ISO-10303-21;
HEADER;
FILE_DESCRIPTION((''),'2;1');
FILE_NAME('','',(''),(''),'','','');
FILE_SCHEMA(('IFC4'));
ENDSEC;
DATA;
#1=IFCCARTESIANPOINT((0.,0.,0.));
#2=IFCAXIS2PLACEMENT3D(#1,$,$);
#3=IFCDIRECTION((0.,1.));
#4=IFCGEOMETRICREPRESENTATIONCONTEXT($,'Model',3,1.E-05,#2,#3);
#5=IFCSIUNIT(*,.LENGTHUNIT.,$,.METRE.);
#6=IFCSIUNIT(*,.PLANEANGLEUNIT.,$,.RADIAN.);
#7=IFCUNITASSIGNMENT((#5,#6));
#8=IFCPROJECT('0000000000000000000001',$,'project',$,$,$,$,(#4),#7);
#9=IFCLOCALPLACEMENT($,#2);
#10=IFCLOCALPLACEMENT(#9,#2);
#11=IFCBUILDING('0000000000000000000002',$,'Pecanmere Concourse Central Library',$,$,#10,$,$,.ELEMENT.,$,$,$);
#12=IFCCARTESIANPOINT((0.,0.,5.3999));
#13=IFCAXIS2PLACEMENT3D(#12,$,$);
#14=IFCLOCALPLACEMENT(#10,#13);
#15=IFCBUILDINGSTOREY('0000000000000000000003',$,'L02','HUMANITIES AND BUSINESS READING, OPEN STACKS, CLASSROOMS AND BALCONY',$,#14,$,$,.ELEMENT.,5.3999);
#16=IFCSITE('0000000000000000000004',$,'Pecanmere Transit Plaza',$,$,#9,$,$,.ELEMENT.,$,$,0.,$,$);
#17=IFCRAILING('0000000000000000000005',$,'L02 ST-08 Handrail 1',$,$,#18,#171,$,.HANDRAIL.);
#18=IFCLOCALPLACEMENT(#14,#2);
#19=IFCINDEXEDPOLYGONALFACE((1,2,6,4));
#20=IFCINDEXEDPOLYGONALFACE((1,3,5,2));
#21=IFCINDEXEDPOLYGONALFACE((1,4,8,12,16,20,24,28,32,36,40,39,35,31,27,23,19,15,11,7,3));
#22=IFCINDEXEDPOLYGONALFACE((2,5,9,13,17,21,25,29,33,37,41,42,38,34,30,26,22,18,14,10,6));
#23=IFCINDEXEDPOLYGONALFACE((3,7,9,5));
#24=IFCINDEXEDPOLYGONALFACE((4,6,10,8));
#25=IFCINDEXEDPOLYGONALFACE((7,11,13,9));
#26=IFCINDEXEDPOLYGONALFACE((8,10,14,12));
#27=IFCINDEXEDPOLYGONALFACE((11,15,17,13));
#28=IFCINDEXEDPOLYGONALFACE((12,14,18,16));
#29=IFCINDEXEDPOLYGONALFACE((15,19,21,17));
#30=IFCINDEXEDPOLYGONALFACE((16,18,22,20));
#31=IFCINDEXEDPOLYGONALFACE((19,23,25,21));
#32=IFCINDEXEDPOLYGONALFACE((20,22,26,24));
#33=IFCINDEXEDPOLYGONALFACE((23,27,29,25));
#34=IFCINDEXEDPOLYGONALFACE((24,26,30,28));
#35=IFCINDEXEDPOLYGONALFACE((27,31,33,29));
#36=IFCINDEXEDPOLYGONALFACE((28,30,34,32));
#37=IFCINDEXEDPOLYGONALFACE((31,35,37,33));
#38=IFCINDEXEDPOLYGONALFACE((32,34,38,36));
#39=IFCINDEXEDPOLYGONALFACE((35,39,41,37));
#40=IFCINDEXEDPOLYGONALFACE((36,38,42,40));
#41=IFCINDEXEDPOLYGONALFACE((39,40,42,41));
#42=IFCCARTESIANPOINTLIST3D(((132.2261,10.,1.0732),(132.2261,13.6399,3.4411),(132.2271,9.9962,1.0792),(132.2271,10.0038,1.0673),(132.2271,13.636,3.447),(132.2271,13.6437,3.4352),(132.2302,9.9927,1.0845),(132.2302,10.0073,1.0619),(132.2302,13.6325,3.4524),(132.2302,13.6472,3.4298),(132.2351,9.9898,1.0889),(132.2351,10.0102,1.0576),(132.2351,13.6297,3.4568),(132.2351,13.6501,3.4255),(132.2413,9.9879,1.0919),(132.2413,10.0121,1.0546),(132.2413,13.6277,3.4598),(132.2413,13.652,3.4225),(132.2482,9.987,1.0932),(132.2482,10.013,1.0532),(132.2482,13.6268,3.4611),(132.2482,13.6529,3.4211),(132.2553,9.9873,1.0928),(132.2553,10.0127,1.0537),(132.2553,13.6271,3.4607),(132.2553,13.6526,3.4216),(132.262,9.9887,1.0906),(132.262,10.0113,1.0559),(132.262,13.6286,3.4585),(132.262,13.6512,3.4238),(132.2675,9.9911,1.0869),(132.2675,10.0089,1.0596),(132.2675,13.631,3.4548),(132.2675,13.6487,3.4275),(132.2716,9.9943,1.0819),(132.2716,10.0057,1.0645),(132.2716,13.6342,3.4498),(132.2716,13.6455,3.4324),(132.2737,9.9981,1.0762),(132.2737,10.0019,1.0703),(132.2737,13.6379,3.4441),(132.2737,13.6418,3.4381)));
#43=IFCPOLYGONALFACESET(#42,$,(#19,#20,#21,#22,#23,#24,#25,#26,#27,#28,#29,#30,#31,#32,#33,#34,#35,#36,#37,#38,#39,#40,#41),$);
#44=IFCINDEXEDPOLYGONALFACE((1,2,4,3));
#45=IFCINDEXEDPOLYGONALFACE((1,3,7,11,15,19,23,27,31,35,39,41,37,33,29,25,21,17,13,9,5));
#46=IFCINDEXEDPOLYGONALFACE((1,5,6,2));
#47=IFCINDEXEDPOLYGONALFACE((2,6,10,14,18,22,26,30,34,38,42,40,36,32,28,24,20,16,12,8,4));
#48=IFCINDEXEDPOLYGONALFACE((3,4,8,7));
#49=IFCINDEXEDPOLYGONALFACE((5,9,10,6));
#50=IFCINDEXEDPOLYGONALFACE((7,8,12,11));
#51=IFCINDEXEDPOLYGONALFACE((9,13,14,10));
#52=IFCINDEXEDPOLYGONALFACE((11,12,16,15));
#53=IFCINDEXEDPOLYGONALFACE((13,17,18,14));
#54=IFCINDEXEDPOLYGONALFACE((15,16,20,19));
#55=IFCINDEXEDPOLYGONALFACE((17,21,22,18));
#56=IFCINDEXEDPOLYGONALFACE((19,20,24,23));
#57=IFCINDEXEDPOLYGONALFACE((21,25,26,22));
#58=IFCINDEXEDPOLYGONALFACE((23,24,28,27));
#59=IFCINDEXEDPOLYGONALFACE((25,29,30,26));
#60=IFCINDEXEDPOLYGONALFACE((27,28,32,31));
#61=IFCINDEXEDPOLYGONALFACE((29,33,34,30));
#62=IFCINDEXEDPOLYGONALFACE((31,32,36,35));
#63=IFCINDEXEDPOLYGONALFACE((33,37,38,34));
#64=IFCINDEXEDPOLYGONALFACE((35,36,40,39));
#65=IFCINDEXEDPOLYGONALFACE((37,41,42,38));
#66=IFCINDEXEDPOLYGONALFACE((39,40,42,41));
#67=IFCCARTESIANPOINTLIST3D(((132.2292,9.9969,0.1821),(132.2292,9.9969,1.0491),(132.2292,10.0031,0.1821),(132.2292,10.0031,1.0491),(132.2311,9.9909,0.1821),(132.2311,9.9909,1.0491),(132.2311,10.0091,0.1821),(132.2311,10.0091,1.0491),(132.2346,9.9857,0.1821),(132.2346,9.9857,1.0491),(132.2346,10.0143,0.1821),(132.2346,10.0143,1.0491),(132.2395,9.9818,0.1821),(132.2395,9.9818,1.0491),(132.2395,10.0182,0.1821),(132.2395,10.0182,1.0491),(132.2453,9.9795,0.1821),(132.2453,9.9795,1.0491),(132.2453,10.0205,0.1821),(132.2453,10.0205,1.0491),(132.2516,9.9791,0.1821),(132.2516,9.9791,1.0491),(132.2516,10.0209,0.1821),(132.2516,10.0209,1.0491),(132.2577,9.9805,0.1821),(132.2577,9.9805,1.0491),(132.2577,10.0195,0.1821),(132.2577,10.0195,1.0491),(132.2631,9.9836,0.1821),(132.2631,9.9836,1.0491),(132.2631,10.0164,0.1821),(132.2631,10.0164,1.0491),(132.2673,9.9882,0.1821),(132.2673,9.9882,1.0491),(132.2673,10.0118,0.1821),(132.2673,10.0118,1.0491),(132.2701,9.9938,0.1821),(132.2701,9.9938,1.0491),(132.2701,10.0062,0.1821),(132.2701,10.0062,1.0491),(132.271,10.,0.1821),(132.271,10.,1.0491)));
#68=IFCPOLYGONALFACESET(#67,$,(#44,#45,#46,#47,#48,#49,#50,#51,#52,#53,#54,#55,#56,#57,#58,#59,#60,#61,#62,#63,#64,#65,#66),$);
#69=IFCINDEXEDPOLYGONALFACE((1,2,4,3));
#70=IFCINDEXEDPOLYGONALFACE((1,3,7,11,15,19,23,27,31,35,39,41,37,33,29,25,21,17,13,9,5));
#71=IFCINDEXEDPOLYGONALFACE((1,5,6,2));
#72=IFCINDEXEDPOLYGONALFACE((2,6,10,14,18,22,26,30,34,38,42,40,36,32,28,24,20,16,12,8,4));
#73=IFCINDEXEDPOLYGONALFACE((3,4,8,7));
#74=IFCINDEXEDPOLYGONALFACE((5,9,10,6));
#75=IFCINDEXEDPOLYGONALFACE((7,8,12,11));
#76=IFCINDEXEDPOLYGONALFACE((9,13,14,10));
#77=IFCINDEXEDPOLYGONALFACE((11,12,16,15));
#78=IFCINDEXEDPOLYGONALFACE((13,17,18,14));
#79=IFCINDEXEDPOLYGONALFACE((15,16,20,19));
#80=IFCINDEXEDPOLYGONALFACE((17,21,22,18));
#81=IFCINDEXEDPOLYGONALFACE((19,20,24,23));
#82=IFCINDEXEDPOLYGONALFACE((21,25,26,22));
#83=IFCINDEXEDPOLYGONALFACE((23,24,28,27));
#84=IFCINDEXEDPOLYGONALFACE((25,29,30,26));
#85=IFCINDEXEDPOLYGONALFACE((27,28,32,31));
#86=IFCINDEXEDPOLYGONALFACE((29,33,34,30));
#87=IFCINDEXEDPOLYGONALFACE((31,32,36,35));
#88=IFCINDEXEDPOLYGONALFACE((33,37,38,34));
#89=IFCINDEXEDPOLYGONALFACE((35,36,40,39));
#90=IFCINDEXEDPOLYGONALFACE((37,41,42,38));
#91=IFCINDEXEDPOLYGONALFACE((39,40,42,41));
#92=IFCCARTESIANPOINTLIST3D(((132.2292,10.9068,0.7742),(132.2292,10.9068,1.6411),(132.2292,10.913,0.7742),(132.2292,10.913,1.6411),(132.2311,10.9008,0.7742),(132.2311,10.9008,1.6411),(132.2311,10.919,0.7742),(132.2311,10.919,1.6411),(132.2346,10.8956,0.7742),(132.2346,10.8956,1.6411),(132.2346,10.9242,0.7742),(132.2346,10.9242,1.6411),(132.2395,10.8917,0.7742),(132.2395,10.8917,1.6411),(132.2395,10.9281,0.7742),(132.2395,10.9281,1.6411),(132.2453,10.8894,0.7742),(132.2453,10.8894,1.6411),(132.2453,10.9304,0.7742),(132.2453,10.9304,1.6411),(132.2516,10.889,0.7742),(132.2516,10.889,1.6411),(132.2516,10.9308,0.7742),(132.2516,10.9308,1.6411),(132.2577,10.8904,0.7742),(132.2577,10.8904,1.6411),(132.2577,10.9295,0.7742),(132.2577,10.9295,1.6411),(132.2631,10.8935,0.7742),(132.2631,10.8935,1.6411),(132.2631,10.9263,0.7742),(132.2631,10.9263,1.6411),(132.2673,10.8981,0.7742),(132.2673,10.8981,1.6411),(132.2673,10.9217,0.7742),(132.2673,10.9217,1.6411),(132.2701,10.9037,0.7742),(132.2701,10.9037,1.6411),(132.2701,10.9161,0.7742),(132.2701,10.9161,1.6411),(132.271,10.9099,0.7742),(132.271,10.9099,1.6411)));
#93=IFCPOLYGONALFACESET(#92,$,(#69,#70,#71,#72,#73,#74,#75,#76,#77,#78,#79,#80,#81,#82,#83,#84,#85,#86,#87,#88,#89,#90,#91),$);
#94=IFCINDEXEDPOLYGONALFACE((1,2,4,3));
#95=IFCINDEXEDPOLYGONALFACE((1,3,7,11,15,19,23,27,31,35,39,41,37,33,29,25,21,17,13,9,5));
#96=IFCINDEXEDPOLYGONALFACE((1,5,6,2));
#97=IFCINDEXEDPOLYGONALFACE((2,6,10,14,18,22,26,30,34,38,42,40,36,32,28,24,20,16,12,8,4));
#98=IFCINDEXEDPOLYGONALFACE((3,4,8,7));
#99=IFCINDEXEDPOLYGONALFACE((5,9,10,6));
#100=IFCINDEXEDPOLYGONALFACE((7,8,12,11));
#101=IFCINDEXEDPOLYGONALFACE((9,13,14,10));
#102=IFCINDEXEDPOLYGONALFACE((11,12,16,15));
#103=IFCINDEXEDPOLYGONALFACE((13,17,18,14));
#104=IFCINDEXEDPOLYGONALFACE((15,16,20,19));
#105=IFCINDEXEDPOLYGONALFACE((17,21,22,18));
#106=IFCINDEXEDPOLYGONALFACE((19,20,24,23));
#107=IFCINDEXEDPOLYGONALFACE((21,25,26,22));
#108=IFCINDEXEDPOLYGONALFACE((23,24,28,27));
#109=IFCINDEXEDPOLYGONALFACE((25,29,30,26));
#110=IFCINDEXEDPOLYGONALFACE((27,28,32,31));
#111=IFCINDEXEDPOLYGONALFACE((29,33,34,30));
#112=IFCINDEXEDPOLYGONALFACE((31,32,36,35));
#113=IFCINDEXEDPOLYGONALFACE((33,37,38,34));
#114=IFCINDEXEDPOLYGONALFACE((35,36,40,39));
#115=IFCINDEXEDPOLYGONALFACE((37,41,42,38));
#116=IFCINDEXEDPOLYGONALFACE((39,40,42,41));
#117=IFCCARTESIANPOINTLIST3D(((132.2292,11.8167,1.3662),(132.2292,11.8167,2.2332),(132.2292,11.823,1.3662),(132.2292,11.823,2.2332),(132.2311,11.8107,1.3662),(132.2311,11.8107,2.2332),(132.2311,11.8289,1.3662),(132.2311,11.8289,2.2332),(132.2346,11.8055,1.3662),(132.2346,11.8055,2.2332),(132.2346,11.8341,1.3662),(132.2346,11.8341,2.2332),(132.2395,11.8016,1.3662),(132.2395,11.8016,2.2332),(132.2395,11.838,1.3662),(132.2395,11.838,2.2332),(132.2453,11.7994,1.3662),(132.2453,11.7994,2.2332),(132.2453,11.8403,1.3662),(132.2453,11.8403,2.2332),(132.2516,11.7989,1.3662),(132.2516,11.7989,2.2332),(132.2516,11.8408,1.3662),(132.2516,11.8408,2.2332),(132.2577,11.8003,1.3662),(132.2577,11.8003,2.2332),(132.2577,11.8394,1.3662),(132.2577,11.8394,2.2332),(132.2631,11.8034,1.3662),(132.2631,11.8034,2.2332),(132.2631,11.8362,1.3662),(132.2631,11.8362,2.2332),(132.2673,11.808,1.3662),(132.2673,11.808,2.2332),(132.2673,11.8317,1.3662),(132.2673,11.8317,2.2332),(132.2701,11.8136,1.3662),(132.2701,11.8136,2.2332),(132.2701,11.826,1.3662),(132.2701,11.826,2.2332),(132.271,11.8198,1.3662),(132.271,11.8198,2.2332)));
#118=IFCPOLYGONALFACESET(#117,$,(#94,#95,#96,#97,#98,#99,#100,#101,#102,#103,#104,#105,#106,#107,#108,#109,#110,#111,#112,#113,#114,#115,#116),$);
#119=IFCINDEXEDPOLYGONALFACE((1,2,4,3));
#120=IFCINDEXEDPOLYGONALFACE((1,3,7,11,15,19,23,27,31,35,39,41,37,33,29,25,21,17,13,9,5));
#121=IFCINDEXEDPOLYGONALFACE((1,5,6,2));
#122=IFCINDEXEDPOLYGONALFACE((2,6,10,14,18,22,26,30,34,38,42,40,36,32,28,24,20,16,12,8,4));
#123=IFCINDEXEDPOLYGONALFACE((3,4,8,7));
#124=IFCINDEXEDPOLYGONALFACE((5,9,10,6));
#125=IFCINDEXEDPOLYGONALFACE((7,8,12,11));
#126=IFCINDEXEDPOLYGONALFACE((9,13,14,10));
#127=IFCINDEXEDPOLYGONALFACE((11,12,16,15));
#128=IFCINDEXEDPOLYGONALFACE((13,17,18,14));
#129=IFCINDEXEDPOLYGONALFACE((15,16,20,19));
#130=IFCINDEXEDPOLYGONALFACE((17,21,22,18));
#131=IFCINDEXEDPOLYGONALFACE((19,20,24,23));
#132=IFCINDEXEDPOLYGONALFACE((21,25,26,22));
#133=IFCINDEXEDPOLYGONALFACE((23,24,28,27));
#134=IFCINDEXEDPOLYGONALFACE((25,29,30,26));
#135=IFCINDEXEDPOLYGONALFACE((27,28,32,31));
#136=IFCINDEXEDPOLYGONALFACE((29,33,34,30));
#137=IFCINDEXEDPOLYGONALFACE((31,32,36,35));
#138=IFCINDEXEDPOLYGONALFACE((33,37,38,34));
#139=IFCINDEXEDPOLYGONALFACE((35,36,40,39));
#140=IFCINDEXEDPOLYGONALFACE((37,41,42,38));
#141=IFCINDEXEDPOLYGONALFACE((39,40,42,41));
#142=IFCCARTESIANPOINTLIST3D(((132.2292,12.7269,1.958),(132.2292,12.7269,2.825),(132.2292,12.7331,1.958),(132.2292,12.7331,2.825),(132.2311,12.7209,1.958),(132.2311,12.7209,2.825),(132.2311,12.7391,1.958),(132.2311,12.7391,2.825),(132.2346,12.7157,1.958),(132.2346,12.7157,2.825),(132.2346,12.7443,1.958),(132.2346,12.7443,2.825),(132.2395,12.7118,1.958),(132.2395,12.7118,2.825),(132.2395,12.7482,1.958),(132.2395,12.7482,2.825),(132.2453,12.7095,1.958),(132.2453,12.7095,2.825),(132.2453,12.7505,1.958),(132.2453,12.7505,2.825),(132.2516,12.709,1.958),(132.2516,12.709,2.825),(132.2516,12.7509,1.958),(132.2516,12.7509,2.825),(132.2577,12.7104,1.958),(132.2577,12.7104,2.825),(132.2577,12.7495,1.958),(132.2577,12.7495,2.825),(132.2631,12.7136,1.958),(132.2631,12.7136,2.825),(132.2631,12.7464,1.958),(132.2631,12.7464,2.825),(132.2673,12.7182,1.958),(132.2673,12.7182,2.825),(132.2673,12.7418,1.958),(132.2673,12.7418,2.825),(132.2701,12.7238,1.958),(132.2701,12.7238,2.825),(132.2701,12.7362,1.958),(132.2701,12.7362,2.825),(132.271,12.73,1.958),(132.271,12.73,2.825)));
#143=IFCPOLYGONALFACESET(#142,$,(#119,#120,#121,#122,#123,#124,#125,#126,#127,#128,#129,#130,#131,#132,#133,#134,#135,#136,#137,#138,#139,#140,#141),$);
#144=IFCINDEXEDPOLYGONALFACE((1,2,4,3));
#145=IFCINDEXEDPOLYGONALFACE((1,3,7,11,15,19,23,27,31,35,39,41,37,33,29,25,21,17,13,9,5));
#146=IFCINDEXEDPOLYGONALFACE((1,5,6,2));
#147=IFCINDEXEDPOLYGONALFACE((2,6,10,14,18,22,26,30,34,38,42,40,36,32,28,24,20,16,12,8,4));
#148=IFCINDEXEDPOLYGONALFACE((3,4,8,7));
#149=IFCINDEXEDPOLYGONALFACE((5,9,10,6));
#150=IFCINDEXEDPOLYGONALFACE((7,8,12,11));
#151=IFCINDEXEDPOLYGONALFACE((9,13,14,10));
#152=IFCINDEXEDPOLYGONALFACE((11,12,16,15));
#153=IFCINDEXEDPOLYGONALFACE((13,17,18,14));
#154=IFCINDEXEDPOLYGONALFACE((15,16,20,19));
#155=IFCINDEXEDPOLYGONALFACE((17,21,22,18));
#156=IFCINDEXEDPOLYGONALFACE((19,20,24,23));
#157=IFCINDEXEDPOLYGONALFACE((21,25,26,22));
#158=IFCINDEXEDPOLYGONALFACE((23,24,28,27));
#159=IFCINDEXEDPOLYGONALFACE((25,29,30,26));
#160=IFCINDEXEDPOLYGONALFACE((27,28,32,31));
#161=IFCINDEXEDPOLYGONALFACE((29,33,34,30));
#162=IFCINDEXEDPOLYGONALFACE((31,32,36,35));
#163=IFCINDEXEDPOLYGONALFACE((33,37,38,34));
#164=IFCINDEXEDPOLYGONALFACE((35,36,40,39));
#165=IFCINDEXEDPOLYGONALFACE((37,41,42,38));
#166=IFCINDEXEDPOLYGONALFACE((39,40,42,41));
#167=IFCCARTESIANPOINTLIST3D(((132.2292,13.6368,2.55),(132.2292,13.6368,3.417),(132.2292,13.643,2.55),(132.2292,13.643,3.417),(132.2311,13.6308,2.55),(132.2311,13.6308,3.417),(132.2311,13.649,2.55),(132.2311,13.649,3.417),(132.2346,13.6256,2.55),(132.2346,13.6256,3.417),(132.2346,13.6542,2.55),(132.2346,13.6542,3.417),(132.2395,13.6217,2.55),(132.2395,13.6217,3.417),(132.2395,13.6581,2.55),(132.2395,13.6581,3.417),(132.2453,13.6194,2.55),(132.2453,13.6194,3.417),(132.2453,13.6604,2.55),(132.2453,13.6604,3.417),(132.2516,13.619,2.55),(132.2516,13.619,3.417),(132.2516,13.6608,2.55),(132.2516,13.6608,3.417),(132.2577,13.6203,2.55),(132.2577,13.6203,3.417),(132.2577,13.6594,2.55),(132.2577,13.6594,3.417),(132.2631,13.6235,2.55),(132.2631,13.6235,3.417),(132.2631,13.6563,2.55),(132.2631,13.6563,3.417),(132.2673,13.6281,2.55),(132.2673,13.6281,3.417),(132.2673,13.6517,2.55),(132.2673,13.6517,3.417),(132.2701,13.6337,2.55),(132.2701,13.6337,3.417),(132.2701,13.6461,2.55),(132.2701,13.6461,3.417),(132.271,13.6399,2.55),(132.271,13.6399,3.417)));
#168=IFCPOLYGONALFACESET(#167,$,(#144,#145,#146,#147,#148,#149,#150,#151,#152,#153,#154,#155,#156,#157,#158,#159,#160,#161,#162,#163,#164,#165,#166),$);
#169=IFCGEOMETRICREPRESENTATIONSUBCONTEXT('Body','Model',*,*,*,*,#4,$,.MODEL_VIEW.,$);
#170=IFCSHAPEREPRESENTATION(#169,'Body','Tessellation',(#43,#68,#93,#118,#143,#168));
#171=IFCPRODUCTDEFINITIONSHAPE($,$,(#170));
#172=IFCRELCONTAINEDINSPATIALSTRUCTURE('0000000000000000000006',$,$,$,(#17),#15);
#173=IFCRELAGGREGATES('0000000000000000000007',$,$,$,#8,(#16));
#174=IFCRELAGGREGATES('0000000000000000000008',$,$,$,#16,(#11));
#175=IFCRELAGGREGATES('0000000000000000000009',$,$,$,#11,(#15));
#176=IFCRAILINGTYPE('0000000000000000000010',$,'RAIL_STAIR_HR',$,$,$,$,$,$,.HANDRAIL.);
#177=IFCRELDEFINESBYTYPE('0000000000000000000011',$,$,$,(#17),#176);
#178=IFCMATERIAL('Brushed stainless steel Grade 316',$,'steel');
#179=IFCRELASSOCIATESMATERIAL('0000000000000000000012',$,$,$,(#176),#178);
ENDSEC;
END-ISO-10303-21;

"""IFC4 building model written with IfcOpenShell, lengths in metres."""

from ifc_helpers import new_model, si_unit, direction, frame, origin, origin_2d, place, context, subcontext, project, spatial, circle, extrude, material, type_object, element, save


model = new_model("IFC4")

# Units and contexts
model_context = context("Model", 3, precision=1e-05, world=origin(), true_north=direction((0.0, 1.0)))
body_context = subcontext(model_context, "Body", "Model", "MODEL_VIEW")
ifc_project = project(units=[si_unit("LENGTHUNIT", "METRE"), si_unit("PLANEANGLEUNIT", "RADIAN")], contexts=[model_context])

# Site, building, storey
site_placement = place(None, origin())
site = spatial("IfcSite", under=ifc_project, at=site_placement, Name="Pecanmere Transit Plaza", CompositionType="ELEMENT", RefElevation=0.0)
building_placement = place(site_placement, origin())
building = spatial("IfcBuilding", under=site, at=building_placement, Name="Pecanmere Concourse Central Library", CompositionType="ELEMENT")
storey_placement = place(building_placement, frame((0.0, 0.0, 5.3999)))
storey = spatial("IfcBuildingStorey", under=building, at=storey_placement, Name="L02", Description="HUMANITIES AND BUSINESS READING, OPEN STACKS, CLASSROOMS AND BALCONY", CompositionType="ELEMENT", Elevation=5.3999)

# Railing
ifc_material_1 = material(Name="Brushed stainless steel Grade 316", Category="steel")
railing_type_1 = type_object("IfcRailingType", Name="RAIL_STAIR_HR", PredefinedType="HANDRAIL", material=ifc_material_1)
railing_1_placement = place(storey_placement, frame((132.25, 10.0, 0.1821)))
element("IfcRailing", 1, at=railing_1_placement, inside=storey, type_object=railing_type_1, Name="L02 ST-08 Handrail 1", PredefinedType="HANDRAIL", context=body_context, shape_type="SweptSolid", body=[
    extrude(circle(Radius=0.0239, at=origin_2d()), frame((0.0, 0.0, 0.8911), z_axis=(0.0, 0.838234, 0.54531), x_axis=(-1.0, 0.0, 0.0)), (0.0, 0.0, 1.0), 4.3423),
    extrude(circle(Radius=0.021, at=origin_2d()), origin(), (0.0, 0.0, 1.0), 0.8669),
    extrude(circle(Radius=0.021, at=origin_2d()), frame((0.0, 0.9099, 0.592)), (0.0, 0.0, 1.0), 0.8669),
    extrude(circle(Radius=0.021, at=origin_2d()), frame((0.0, 1.8198, 1.1841)), (0.0, 0.0, 1.0), 0.8669),
    extrude(circle(Radius=0.021, at=origin_2d()), frame((0.0, 2.73, 1.7759)), (0.0, 0.0, 1.0), 0.8669),
    extrude(circle(Radius=0.021, at=origin_2d()), frame((0.0, 3.6399, 2.3679)), (0.0, 0.0, 1.0), 0.8669),
])

save(model, "model.ifc")
